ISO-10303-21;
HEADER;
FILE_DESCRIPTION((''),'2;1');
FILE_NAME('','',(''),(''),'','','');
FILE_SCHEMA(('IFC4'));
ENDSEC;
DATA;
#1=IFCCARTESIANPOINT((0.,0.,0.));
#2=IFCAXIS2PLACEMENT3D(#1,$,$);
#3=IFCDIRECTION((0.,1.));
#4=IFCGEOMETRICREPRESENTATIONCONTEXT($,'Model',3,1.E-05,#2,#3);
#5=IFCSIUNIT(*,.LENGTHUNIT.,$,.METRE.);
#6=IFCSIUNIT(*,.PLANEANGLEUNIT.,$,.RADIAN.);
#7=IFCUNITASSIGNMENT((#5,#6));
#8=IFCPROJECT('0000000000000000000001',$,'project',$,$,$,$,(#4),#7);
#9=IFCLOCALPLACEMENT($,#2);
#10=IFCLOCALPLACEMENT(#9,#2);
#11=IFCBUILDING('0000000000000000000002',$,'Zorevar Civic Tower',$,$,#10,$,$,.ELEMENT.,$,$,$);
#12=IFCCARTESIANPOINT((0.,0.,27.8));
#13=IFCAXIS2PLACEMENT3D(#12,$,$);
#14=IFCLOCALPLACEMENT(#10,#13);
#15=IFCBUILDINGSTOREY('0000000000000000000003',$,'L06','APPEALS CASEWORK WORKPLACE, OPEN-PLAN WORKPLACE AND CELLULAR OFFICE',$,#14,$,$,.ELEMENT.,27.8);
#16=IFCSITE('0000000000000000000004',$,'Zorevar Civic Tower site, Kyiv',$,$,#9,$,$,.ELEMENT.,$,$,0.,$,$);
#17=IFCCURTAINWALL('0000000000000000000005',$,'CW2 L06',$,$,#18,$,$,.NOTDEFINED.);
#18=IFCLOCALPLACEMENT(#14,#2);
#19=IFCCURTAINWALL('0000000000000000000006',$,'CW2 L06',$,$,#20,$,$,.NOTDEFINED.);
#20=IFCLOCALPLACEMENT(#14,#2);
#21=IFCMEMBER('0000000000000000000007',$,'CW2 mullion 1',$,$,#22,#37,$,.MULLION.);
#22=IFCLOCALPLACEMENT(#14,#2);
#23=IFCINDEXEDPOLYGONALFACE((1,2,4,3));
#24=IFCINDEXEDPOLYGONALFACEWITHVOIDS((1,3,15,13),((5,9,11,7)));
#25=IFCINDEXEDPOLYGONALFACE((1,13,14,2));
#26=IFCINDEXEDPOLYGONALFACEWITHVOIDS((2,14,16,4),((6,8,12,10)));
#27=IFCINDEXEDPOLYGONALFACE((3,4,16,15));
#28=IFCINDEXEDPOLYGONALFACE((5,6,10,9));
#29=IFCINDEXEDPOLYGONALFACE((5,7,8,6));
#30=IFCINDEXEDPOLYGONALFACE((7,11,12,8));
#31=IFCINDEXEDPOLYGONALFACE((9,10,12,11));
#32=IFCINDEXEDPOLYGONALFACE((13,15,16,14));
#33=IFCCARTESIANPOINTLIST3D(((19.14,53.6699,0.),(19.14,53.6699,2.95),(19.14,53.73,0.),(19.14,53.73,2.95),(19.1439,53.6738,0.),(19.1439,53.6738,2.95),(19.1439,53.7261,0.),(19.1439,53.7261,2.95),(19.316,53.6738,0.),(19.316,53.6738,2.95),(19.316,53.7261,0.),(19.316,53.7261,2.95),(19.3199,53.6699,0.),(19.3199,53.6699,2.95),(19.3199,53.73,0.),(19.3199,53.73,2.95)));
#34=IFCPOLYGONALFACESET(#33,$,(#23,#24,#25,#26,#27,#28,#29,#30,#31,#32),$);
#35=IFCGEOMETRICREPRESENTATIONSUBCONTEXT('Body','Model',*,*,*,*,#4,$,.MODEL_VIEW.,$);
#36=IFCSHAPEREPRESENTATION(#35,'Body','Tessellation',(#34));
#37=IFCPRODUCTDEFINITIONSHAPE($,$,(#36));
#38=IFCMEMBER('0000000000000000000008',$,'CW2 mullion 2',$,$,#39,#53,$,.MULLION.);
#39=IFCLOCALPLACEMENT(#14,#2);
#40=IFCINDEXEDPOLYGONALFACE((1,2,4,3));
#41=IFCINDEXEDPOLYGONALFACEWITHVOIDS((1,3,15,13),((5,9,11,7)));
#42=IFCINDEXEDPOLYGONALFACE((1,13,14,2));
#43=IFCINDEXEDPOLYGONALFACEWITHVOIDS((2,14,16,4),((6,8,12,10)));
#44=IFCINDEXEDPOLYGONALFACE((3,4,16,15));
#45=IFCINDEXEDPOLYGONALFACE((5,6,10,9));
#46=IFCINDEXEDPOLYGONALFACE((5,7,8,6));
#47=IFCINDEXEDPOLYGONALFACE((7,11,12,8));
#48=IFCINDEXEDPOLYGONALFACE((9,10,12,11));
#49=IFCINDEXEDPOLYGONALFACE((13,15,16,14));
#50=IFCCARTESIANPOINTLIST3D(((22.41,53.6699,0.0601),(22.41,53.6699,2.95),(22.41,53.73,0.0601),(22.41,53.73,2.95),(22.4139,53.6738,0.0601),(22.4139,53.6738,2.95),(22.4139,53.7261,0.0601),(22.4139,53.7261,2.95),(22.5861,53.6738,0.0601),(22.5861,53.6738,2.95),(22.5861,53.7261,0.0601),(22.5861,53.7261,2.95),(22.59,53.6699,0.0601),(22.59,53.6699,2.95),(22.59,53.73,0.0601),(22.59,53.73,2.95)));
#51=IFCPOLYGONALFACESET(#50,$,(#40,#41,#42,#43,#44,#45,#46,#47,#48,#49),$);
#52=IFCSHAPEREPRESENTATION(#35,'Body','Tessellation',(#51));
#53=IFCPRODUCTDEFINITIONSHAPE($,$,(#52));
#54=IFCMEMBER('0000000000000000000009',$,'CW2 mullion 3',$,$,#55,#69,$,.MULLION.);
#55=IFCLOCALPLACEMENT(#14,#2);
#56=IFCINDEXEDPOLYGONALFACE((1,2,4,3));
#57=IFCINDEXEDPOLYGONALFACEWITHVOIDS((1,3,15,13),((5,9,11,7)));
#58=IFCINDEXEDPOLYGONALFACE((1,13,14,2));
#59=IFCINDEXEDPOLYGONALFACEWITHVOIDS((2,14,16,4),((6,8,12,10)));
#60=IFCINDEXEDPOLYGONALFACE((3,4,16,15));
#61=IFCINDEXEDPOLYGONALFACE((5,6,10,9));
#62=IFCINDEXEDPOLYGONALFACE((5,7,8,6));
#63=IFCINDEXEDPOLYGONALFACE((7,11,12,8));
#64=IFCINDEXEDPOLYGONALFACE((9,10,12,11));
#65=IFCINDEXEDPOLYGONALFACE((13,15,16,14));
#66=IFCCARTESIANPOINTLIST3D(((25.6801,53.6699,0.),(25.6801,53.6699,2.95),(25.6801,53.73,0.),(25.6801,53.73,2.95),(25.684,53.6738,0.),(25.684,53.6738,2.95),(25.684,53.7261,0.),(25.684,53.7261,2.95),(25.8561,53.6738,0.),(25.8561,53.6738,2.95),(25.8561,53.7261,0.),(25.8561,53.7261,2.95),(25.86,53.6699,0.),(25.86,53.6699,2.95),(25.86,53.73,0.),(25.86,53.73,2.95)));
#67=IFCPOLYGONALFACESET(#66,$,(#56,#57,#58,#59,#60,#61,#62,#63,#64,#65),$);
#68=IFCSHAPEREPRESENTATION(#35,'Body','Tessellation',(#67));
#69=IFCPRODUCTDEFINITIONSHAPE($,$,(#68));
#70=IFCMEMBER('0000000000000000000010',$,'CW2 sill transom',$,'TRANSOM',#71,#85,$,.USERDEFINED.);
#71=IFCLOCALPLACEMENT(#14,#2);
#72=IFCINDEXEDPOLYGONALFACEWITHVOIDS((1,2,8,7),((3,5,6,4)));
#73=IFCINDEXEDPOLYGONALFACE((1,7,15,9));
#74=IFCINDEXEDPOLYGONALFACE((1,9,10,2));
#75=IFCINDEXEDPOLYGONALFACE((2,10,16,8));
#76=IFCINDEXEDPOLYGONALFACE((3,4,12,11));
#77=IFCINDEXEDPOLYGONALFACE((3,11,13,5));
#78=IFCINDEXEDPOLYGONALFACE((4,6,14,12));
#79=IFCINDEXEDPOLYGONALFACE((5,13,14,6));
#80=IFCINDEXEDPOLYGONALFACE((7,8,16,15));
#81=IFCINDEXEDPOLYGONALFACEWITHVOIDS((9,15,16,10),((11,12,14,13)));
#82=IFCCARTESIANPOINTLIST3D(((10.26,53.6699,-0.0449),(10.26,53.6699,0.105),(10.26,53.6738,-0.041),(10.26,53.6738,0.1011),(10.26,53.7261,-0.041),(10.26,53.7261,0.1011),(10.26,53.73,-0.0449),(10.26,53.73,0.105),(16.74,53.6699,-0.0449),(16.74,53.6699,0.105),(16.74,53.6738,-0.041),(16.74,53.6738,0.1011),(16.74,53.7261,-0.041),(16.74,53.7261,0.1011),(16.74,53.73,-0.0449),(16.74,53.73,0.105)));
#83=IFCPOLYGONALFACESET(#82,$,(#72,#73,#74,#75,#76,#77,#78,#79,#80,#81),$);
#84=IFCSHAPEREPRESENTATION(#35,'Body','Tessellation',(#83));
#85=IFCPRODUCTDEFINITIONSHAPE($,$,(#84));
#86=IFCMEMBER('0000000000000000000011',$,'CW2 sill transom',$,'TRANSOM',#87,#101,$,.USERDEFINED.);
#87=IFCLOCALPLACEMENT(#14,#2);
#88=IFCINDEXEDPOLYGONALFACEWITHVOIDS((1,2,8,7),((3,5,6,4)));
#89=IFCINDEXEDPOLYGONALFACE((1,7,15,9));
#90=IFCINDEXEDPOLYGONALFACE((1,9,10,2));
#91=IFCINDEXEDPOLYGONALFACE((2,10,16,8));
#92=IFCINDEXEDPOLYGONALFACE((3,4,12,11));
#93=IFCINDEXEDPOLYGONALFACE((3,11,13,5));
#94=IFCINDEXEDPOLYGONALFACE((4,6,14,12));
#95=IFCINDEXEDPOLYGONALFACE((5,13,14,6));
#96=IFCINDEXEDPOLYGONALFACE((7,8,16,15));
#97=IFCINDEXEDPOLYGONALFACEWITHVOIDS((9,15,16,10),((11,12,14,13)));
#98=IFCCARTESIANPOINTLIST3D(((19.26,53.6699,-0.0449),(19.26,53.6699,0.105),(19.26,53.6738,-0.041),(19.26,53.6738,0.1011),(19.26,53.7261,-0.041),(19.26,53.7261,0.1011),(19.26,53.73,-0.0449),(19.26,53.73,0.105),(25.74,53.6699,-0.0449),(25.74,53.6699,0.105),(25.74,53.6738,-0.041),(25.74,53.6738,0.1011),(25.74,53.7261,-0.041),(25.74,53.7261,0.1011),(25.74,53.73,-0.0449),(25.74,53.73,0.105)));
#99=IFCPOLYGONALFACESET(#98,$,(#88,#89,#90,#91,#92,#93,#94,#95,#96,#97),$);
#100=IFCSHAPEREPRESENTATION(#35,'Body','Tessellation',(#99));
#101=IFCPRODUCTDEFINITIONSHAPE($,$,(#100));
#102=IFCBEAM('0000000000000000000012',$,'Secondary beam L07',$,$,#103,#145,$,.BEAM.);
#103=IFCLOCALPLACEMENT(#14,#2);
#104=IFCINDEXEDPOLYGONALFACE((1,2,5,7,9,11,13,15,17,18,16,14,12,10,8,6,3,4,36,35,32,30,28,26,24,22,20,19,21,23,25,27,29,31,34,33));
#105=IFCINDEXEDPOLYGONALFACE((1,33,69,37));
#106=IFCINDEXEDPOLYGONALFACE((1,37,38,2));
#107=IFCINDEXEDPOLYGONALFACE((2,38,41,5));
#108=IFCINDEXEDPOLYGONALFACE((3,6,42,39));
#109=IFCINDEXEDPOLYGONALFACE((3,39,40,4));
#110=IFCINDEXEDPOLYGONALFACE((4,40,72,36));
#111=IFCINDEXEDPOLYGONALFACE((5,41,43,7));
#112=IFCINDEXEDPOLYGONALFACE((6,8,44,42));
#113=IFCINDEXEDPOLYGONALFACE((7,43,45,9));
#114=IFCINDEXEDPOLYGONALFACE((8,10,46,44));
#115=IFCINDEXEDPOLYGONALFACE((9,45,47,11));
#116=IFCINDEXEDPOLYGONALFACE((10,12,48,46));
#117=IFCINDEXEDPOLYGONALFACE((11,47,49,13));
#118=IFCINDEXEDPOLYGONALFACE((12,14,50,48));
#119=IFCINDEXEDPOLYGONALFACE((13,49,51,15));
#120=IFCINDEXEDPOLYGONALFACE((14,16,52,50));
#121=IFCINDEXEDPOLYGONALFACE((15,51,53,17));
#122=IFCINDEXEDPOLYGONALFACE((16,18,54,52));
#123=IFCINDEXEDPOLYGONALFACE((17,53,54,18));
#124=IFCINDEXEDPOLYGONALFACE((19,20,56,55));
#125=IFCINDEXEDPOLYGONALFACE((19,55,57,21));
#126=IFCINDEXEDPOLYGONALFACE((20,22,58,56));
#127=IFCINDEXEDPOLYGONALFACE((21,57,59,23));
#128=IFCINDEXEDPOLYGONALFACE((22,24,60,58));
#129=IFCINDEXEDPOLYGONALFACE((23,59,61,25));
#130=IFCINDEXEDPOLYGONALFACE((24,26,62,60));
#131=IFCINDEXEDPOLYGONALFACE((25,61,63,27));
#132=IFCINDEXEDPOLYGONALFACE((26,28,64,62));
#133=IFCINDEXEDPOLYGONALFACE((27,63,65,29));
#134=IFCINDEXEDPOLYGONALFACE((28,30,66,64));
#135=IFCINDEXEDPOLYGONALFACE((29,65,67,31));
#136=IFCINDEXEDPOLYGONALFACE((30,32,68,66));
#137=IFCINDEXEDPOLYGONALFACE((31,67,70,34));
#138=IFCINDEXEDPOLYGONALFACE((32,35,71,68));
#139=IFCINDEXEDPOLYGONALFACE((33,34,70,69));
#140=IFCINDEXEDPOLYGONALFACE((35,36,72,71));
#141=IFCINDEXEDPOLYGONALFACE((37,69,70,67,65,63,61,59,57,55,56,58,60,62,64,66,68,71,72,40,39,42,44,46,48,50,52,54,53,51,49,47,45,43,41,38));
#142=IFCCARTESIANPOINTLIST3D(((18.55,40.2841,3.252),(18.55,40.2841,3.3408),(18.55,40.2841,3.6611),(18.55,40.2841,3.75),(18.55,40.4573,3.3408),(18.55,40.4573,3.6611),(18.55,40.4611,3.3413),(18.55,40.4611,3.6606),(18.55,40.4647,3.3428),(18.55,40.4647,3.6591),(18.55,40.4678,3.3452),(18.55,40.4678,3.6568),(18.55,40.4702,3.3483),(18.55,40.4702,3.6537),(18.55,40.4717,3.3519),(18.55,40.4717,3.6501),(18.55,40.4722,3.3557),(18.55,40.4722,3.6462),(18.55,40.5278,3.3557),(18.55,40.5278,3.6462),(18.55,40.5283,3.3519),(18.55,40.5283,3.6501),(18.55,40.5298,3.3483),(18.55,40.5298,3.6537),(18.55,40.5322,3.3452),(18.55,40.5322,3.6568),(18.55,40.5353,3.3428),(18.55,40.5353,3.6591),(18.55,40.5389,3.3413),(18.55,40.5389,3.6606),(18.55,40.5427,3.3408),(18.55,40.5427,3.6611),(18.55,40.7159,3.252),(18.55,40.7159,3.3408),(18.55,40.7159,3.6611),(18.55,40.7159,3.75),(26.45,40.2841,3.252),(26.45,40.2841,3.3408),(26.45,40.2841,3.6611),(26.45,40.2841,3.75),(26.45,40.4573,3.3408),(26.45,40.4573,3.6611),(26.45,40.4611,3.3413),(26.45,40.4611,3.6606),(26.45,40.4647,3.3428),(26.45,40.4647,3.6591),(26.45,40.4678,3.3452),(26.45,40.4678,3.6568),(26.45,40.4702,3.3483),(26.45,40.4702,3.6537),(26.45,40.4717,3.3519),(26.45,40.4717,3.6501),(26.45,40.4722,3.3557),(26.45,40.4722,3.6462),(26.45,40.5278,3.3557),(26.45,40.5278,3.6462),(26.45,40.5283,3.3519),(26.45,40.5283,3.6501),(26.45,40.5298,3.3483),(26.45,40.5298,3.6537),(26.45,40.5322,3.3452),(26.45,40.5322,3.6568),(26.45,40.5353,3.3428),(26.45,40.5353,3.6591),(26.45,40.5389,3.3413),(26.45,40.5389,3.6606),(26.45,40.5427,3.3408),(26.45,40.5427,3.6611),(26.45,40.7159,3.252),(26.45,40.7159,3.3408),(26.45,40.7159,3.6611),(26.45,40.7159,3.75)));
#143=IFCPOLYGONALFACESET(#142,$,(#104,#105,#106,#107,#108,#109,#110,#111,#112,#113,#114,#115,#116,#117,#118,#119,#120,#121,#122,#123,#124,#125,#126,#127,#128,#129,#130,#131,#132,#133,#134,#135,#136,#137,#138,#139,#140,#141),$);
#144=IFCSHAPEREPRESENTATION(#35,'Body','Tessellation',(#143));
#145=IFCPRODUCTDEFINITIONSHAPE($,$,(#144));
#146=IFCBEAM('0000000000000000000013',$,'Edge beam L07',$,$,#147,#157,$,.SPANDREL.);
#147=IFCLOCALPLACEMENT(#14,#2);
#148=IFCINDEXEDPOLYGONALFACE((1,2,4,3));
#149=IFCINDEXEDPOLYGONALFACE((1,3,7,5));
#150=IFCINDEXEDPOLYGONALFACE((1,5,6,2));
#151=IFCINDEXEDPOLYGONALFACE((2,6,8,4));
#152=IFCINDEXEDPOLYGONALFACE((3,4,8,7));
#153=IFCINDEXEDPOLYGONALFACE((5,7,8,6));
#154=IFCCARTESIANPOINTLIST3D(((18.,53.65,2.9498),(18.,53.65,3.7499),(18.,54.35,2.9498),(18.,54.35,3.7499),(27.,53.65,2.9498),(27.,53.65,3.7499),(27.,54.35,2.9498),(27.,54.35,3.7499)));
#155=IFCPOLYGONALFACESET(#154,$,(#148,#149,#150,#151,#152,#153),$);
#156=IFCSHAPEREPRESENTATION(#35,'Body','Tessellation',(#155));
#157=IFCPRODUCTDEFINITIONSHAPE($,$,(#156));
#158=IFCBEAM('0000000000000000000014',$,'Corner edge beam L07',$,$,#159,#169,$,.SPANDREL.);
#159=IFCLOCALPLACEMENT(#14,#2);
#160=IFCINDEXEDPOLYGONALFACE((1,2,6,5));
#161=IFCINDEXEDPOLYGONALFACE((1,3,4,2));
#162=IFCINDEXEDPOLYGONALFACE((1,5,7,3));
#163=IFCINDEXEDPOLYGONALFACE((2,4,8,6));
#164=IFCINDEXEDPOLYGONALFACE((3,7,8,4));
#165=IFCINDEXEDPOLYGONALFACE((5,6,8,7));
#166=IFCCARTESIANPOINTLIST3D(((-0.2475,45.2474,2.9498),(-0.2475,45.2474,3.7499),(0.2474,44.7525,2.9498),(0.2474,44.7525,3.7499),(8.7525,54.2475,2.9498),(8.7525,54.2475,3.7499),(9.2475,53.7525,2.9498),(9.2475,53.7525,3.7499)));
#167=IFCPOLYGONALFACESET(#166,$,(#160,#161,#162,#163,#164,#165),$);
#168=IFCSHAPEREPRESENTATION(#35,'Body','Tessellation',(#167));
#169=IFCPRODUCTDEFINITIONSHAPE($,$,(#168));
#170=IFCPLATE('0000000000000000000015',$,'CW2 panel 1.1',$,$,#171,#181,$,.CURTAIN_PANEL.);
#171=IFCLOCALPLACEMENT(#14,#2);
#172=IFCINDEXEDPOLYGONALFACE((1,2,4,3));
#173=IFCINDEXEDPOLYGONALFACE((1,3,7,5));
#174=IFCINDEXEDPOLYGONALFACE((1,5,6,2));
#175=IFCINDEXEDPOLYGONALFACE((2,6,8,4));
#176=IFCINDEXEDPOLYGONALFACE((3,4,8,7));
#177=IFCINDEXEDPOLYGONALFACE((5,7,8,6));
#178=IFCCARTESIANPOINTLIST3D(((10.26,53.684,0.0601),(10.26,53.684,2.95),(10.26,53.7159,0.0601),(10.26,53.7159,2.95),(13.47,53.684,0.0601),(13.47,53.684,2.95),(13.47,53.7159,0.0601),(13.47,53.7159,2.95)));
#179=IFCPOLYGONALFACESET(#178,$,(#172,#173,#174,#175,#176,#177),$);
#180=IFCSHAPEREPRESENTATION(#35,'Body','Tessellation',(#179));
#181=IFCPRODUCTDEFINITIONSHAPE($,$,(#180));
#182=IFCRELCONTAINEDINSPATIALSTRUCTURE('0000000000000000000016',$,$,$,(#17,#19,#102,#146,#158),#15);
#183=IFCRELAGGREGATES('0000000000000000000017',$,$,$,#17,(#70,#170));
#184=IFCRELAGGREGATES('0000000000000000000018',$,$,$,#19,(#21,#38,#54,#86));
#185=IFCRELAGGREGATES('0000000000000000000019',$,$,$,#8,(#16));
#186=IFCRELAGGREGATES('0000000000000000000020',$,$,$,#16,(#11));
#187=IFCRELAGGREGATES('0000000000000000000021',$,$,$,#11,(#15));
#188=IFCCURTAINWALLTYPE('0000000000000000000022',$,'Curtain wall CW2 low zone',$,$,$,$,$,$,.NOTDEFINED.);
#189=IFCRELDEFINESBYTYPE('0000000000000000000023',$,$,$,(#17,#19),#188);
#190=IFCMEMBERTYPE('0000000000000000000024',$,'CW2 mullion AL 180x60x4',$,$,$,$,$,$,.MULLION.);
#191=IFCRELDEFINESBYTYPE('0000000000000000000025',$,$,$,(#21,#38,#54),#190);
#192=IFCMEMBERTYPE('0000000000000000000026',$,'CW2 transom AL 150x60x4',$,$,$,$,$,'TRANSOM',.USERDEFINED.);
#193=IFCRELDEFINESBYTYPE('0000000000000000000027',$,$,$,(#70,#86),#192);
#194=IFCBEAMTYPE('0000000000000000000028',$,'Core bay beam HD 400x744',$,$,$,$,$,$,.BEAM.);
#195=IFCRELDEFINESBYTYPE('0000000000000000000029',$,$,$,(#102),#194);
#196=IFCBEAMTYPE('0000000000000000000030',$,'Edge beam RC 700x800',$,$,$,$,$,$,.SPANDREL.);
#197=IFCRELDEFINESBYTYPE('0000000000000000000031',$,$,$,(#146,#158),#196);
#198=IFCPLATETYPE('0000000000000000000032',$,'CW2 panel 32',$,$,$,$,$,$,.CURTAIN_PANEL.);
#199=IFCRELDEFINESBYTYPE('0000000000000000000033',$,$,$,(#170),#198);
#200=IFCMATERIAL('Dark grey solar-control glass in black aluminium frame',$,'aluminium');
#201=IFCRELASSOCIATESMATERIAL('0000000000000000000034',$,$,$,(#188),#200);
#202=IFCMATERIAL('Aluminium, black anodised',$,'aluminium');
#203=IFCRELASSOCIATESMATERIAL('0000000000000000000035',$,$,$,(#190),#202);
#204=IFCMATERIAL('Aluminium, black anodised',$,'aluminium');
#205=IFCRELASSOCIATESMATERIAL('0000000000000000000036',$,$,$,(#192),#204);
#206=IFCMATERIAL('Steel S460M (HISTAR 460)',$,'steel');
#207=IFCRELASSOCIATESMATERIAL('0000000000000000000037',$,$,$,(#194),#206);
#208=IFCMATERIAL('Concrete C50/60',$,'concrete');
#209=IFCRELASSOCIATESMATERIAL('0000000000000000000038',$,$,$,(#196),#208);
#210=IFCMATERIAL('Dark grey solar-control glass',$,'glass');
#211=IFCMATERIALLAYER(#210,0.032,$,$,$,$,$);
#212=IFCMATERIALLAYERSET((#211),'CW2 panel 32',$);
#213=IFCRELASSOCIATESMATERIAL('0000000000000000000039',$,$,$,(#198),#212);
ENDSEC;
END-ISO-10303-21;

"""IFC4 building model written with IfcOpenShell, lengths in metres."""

from ifc_helpers import new_model, si_unit, direction, frame, origin, origin_2d, place, context, subcontext, project, spatial, rectangle, hollow_rectangle, i_section, extrude, material, layer, layer_set, material_profile, profile_set, type_object, element, aggregate, save


model = new_model("IFC4")

# Units and contexts
model_context = context("Model", 3, precision=1e-05, world=origin(), true_north=direction((0.0, 1.0)))
body_context = subcontext(model_context, "Body", "Model", "MODEL_VIEW")
ifc_project = project(units=[si_unit("LENGTHUNIT", "METRE"), si_unit("PLANEANGLEUNIT", "RADIAN")], contexts=[model_context])

# Site, building, storey
site_placement = place(None, origin())
site = spatial("IfcSite", under=ifc_project, at=site_placement, Name="Zorevar Civic Tower site, Kyiv", CompositionType="ELEMENT", RefElevation=0.0)
building_placement = place(site_placement, origin())
building = spatial("IfcBuilding", under=site, at=building_placement, Name="Zorevar Civic Tower", CompositionType="ELEMENT")
storey_placement = place(building_placement, frame((0.0, 0.0, 27.8)))
storey = spatial("IfcBuildingStorey", under=building, at=storey_placement, Name="L06", Description="APPEALS CASEWORK WORKPLACE, OPEN-PLAN WORKPLACE AND CELLULAR OFFICE", CompositionType="ELEMENT", Elevation=27.8)

# Curtain walls, members
ifc_material_1 = material(Name="Dark grey solar-control glass in black aluminium frame", Category="aluminium")
curtain_wall_type = type_object("IfcCurtainWallType", Name="Curtain wall CW2 low zone", PredefinedType="NOTDEFINED", material=ifc_material_1)
curtain_wall_1_placement = place(storey_placement, origin())
curtain_wall_1 = element("IfcCurtainWall", 1, at=curtain_wall_1_placement, inside=storey, type_object=curtain_wall_type, Name="CW2 L06", PredefinedType="NOTDEFINED")
ifc_material_2 = material(Name="Aluminium, black anodised", Category="aluminium")
ifc_material_profile_1 = material_profile(ifc_material_2, hollow_rectangle(XDim=0.0601, YDim=0.1799, WallThickness=0.0039, at=origin_2d()), Name="AL 180x60x4")
ifc_profile_set_1 = profile_set([ifc_material_profile_1], Name="Aluminium, black anodised")
member_type_1 = type_object("IfcMemberType", Name="CW2 mullion AL 180x60x4", PredefinedType="MULLION", material=ifc_profile_set_1)
curtain_wall_2_placement = place(storey_placement, origin())
curtain_wall_2 = element("IfcCurtainWall", 2, at=curtain_wall_2_placement, inside=storey, type_object=curtain_wall_type, Name="CW2 L06", PredefinedType="NOTDEFINED")
member_1_placement = place(storey_placement, frame((19.23, 53.7, 0.0), z_axis=(0.0, 0.0, 1.0), x_axis=(0.0, 1.0, 0.0)))
member_1 = element("IfcMember", 3, at=member_1_placement, type_object=member_type_1, Name="CW2 mullion 1", PredefinedType="MULLION", context=body_context, shape_type="SweptSolid", body=[
    extrude(hollow_rectangle(XDim=0.0601, YDim=0.1799, WallThickness=0.0039, at=origin_2d()), origin(), (0.0, 0.0, 1.0), 2.95),
])
member_2_placement = place(storey_placement, frame((22.5, 53.7, 0.0601), z_axis=(0.0, 0.0, 1.0), x_axis=(0.0, 1.0, 0.0)))
member_2 = element("IfcMember", 4, at=member_2_placement, type_object=member_type_1, Name="CW2 mullion 2", PredefinedType="MULLION", context=body_context, shape_type="SweptSolid", body=[
    extrude(hollow_rectangle(XDim=0.0601, YDim=0.1799, WallThickness=0.0039, at=origin_2d()), origin(), (0.0, 0.0, 1.0), 2.8899),
])
member_3_placement = place(storey_placement, frame((25.77, 53.7, 0.0), z_axis=(0.0, 0.0, 1.0), x_axis=(0.0, 1.0, 0.0)))
member_3 = element("IfcMember", 5, at=member_3_placement, type_object=member_type_1, Name="CW2 mullion 3", PredefinedType="MULLION", context=body_context, shape_type="SweptSolid", body=[
    extrude(hollow_rectangle(XDim=0.0601, YDim=0.1799, WallThickness=0.0039, at=origin_2d()), origin(), (0.0, 0.0, 1.0), 2.95),
])

# Members
ifc_material_3 = material(Name="Aluminium, black anodised", Category="aluminium")
ifc_material_profile_2 = material_profile(ifc_material_3, hollow_rectangle(XDim=0.0601, YDim=0.1499, WallThickness=0.0039, at=origin_2d()), Name="AL 150x60x4")
ifc_profile_set_2 = profile_set([ifc_material_profile_2], Name="Aluminium, black anodised")
member_type_2 = type_object("IfcMemberType", Name="CW2 transom AL 150x60x4", ElementType="TRANSOM", PredefinedType="USERDEFINED", material=ifc_profile_set_2)
member_4_placement = place(storey_placement, frame((10.26, 53.7, 0.03), z_axis=(1.0, 0.0, 0.0), x_axis=(0.0, 1.0, 0.0)))
member_4 = element("IfcMember", 6, at=member_4_placement, type_object=member_type_2, Name="CW2 sill transom", ObjectType="TRANSOM", PredefinedType="USERDEFINED", context=body_context, shape_type="SweptSolid", body=[
    extrude(hollow_rectangle(XDim=0.0601, YDim=0.1499, WallThickness=0.0039, at=origin_2d()), origin(), (0.0, 0.0, 1.0), 6.48),
])
member_5_placement = place(storey_placement, frame((19.26, 53.7, 0.03), z_axis=(1.0, 0.0, 0.0), x_axis=(0.0, 1.0, 0.0)))
member_5 = element("IfcMember", 7, at=member_5_placement, type_object=member_type_2, Name="CW2 sill transom", ObjectType="TRANSOM", PredefinedType="USERDEFINED", context=body_context, shape_type="SweptSolid", body=[
    extrude(hollow_rectangle(XDim=0.0601, YDim=0.1499, WallThickness=0.0039, at=origin_2d()), origin(), (0.0, 0.0, 1.0), 6.48),
])

# Beams
ifc_material_4 = material(Name="Steel S460M (HISTAR 460)", Category="steel")
ifc_material_profile_3 = material_profile(ifc_material_4, i_section(OverallWidth=0.4319, OverallDepth=0.498, WebThickness=0.0557, FlangeThickness=0.0889, FilletRadius=0.0149, at=origin_2d()), Name="HD 400x744")
ifc_profile_set_3 = profile_set([ifc_material_profile_3], Name="Steel S460M (HISTAR 460)")
beam_type_1 = type_object("IfcBeamType", Name="Core bay beam HD 400x744", PredefinedType="BEAM", material=ifc_profile_set_3)
beam_1_placement = place(storey_placement, frame((18.55, 40.5, 3.501), z_axis=(1.0, 0.0, 0.0), x_axis=(0.0, 1.0, 0.0)))
element("IfcBeam", 8, at=beam_1_placement, inside=storey, type_object=beam_type_1, Name="Secondary beam L07", PredefinedType="BEAM", context=body_context, shape_type="SweptSolid", body=[
    extrude(i_section(OverallWidth=0.4319, OverallDepth=0.498, WebThickness=0.0557, FlangeThickness=0.0889, FilletRadius=0.0149, at=origin_2d()), origin(), (0.0, 0.0, 1.0), 7.8999),
])
ifc_material_5 = material(Name="Concrete C50/60", Category="concrete")
ifc_material_profile_4 = material_profile(ifc_material_5, rectangle(XDim=0.7, YDim=0.8, at=origin_2d()), Name="RC 700x800")
ifc_profile_set_4 = profile_set([ifc_material_profile_4], Name="Concrete C50/60")
beam_type_2 = type_object("IfcBeamType", Name="Edge beam RC 700x800", PredefinedType="SPANDREL", material=ifc_profile_set_4)
beam_2_placement = place(storey_placement, frame((18.0, 54.0, 3.3499), z_axis=(1.0, 0.0, 0.0), x_axis=(0.0, 1.0, 0.0)))
element("IfcBeam", 9, at=beam_2_placement, inside=storey, type_object=beam_type_2, Name="Edge beam L07", PredefinedType="SPANDREL", context=body_context, shape_type="SweptSolid", body=[
    extrude(rectangle(XDim=0.7, YDim=0.8, at=origin_2d()), origin(), (0.0, 0.0, 1.0), 9.0),
])
beam_3_placement = place(storey_placement, frame((9.0, 54.0, 3.3499), z_axis=(-0.707107, -0.707107, 0.0), x_axis=(0.707107, -0.707107, 0.0)))
element("IfcBeam", 10, at=beam_3_placement, inside=storey, type_object=beam_type_2, Name="Corner edge beam L07", PredefinedType="SPANDREL", context=body_context, shape_type="SweptSolid", body=[
    extrude(rectangle(XDim=0.7, YDim=0.8, at=origin_2d()), origin(), (0.0, 0.0, 1.0), 12.728),
])

# Plate
ifc_material_6 = material(Name="Dark grey solar-control glass", Category="glass")
ifc_layer_1 = layer(ifc_material_6, 0.032)
ifc_layer_set_1 = layer_set([ifc_layer_1], Name="CW2 panel 32")
plate_type = type_object("IfcPlateType", Name="CW2 panel 32", PredefinedType="CURTAIN_PANEL", material=ifc_layer_set_1)
plate_1_placement = place(storey_placement, frame((11.865, 53.7, 0.0601), z_axis=(0.0, 0.0, 1.0), x_axis=(1.0, 0.0, 0.0)))
plate_1 = element("IfcPlate", 11, at=plate_1_placement, type_object=plate_type, Name="CW2 panel 1.1", PredefinedType="CURTAIN_PANEL", context=body_context, shape_type="SweptSolid", body=[
    extrude(rectangle(XDim=3.21, YDim=0.032, at=origin_2d()), origin(), (0.0, 0.0, 1.0), 2.8899),
])
aggregate(curtain_wall_1, [member_4, plate_1])
aggregate(curtain_wall_2, [member_1, member_2, member_3, member_5])

save(model, "model.ifc")
